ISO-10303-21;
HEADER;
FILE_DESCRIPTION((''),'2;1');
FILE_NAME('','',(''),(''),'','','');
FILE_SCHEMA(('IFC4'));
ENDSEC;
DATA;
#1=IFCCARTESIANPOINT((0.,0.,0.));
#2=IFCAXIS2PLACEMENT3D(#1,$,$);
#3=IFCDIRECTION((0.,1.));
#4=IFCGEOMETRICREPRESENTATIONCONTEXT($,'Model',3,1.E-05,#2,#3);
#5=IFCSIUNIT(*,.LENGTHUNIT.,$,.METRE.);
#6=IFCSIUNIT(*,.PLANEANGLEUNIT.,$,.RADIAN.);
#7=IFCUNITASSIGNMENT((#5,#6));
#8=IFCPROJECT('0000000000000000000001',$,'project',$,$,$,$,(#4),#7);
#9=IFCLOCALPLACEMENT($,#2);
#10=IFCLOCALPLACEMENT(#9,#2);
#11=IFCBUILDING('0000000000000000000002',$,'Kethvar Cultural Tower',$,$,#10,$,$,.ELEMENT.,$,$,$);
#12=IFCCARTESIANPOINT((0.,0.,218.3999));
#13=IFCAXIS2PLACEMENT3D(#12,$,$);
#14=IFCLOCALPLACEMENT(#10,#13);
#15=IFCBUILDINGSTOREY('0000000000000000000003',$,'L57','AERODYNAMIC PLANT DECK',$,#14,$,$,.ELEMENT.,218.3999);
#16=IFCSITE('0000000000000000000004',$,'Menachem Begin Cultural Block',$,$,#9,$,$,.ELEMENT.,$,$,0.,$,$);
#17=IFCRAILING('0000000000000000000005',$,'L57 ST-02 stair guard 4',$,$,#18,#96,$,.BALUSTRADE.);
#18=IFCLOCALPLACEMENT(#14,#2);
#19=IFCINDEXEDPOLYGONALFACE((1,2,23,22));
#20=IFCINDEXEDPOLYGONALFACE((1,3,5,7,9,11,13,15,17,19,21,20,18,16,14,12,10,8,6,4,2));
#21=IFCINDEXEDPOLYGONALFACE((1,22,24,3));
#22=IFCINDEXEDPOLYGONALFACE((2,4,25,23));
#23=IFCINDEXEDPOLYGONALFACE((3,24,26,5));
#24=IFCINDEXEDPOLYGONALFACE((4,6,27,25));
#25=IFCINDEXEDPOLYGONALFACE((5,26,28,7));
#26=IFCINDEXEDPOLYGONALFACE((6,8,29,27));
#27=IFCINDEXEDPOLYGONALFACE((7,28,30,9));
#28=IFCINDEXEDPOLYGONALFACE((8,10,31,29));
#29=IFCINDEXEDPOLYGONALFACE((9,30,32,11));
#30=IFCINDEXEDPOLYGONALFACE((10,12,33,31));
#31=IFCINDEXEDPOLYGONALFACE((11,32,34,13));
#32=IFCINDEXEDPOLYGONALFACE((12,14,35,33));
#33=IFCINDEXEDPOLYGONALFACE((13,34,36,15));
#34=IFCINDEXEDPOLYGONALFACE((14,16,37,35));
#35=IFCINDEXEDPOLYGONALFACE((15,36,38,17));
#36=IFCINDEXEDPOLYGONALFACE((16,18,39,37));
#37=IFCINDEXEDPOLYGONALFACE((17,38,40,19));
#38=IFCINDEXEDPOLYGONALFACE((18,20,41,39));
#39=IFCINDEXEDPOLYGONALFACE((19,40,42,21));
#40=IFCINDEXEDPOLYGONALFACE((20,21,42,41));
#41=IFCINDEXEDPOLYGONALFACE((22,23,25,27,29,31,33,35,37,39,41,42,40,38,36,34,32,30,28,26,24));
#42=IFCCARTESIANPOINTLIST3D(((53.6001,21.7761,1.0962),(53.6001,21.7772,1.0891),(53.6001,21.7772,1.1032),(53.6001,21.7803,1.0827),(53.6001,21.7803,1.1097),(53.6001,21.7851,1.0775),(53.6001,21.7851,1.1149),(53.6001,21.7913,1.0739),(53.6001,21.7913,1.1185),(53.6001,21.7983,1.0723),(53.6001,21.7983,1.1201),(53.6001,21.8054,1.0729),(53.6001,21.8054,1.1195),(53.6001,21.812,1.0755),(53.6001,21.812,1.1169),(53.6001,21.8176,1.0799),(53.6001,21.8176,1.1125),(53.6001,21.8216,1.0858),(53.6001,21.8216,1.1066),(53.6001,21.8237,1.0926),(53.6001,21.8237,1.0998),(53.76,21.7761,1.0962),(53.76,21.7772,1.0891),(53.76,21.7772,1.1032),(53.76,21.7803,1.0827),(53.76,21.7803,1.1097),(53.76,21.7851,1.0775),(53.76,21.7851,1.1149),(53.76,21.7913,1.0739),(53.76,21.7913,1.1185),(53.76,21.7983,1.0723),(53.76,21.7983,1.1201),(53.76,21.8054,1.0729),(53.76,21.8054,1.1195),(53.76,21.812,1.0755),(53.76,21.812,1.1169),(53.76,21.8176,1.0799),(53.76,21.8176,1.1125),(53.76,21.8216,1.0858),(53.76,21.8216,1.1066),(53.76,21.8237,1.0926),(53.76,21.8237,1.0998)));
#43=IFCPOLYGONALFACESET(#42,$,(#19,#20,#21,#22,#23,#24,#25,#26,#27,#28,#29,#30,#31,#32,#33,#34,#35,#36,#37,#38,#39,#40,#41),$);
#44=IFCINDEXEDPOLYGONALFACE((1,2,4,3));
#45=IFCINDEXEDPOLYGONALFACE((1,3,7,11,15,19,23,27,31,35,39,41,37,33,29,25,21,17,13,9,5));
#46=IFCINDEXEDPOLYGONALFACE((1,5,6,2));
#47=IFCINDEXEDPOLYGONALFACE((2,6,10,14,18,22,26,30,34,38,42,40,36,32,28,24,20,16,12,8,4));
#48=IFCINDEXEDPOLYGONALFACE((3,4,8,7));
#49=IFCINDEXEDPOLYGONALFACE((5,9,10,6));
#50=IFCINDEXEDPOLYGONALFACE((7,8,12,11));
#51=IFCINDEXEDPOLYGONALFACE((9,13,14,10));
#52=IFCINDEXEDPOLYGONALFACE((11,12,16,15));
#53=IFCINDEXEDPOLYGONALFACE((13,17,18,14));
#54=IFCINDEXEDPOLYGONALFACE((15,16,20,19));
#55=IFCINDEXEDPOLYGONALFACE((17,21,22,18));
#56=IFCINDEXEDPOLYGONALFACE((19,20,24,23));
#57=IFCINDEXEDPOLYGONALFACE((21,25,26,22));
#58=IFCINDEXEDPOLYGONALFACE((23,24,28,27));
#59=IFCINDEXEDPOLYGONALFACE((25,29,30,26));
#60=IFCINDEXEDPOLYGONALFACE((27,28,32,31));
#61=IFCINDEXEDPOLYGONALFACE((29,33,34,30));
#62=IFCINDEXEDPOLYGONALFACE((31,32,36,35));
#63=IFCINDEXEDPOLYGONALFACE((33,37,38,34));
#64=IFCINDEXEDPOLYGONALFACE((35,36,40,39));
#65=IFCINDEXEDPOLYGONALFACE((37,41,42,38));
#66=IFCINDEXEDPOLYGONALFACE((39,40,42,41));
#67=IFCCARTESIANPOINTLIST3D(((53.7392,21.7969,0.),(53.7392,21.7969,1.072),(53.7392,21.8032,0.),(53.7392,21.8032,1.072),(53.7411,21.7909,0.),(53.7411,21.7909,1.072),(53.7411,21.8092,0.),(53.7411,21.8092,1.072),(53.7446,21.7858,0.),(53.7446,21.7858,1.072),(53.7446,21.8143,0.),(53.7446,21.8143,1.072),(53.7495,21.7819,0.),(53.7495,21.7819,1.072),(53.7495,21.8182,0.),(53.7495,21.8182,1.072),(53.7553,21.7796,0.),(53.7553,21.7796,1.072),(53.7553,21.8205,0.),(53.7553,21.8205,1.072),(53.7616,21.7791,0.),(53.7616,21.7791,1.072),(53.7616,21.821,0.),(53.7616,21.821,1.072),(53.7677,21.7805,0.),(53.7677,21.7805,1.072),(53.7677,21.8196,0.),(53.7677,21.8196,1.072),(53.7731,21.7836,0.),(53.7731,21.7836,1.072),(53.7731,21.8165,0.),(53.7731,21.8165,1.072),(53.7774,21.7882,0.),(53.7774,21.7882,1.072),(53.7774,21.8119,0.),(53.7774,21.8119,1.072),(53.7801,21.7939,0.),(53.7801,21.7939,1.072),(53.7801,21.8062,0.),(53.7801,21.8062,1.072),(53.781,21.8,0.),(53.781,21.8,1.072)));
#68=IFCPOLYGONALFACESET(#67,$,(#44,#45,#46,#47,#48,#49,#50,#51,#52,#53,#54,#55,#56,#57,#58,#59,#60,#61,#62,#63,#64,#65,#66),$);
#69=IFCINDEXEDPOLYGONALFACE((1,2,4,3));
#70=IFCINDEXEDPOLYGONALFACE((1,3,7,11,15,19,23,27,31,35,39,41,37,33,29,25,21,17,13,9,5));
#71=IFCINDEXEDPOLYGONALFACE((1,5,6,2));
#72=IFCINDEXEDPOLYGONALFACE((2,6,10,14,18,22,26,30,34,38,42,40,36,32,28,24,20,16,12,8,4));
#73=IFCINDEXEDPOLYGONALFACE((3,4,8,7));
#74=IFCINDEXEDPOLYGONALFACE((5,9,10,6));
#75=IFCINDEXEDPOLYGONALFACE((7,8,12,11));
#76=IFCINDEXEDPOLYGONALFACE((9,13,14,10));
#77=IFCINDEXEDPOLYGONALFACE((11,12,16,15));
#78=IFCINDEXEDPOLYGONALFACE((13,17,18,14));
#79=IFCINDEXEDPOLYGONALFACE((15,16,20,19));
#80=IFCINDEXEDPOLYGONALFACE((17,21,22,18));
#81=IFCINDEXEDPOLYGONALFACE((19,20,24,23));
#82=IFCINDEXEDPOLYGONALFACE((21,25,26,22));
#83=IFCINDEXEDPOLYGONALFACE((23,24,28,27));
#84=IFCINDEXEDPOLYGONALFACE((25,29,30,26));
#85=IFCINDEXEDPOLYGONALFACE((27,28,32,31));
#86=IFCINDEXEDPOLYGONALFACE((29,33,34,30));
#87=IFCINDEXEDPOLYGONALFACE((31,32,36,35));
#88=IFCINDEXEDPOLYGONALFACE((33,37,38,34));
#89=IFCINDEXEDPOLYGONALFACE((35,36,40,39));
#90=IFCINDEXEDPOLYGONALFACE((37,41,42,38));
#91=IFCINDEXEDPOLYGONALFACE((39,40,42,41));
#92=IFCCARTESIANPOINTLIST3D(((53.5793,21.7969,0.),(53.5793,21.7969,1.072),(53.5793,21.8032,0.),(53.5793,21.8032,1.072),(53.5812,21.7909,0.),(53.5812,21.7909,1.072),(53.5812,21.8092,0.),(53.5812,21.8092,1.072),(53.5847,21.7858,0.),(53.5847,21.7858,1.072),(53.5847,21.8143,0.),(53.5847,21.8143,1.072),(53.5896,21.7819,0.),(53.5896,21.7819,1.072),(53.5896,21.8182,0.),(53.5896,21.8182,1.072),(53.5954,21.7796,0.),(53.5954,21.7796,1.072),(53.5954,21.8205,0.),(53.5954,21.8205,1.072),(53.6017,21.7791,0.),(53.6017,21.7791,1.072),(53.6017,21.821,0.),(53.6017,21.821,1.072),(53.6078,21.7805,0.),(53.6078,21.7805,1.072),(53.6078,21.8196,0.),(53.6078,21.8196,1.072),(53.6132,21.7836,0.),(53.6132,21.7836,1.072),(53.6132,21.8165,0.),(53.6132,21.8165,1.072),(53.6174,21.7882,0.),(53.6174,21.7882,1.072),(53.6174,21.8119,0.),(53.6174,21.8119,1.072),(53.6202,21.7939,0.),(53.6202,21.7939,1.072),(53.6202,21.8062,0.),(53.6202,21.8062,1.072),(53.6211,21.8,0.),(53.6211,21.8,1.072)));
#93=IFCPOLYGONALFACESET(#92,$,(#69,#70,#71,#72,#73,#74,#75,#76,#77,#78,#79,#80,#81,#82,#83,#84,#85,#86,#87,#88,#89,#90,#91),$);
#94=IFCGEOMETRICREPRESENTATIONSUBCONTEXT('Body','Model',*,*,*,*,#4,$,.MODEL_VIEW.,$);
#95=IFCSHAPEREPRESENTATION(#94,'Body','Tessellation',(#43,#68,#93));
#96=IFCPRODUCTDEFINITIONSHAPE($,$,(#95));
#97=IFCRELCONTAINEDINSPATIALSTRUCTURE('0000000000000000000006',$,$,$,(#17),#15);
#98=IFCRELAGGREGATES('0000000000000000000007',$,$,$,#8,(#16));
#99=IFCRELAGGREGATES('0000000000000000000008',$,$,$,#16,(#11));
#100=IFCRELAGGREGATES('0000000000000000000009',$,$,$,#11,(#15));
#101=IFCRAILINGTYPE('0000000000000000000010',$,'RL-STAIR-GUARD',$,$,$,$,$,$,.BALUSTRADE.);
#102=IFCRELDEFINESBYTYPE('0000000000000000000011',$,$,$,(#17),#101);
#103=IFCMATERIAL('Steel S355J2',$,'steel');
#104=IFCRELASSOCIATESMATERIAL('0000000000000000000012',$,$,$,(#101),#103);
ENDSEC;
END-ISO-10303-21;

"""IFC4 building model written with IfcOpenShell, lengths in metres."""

from ifc_helpers import new_model, si_unit, direction, frame, origin, origin_2d, place, context, subcontext, project, spatial, circle, extrude, material, type_object, element, save


model = new_model("IFC4")

# Units and contexts
model_context = context("Model", 3, precision=1e-05, world=origin(), true_north=direction((0.0, 1.0)))
body_context = subcontext(model_context, "Body", "Model", "MODEL_VIEW")
ifc_project = project(units=[si_unit("LENGTHUNIT", "METRE"), si_unit("PLANEANGLEUNIT", "RADIAN")], contexts=[model_context])

# Site, building, storey
site_placement = place(None, origin())
site = spatial("IfcSite", under=ifc_project, at=site_placement, Name="Menachem Begin Cultural Block", CompositionType="ELEMENT", RefElevation=0.0)
building_placement = place(site_placement, origin())
building = spatial("IfcBuilding", under=site, at=building_placement, Name="Kethvar Cultural Tower", CompositionType="ELEMENT")
storey_placement = place(building_placement, frame((0.0, 0.0, 218.3999)))
storey = spatial("IfcBuildingStorey", under=building, at=storey_placement, Name="L57", Description="AERODYNAMIC PLANT DECK", CompositionType="ELEMENT", Elevation=218.3999)

# Shared definitions
ifc_material_1 = material(Name="Steel S355J2", Category="steel")

# Railing
railing_type_1 = type_object("IfcRailingType", Name="RL-STAIR-GUARD", PredefinedType="BALUSTRADE", material=ifc_material_1)
railing_1_placement = place(storey_placement, frame((53.76, 21.8, 0.0)))
element("IfcRailing", 1, at=railing_1_placement, inside=storey, type_object=railing_type_1, Name="L57 ST-02 stair guard 4", PredefinedType="BALUSTRADE", context=body_context, shape_type="SweptSolid", body=[
    extrude(circle(Radius=0.0239, at=origin_2d()), frame((0.0, 0.0, 1.0962), z_axis=(-1.0, 0.0, 0.0), x_axis=(0.0, -1.0, 0.0)), (0.0, 0.0, 1.0), 0.1599),
    extrude(circle(Radius=0.021, at=origin_2d()), origin(), (0.0, 0.0, 1.0), 1.072),
    extrude(circle(Radius=0.021, at=origin_2d()), frame((-0.1599, 0.0, 0.0)), (0.0, 0.0, 1.0), 1.072),
])

save(model, "model.ifc")
